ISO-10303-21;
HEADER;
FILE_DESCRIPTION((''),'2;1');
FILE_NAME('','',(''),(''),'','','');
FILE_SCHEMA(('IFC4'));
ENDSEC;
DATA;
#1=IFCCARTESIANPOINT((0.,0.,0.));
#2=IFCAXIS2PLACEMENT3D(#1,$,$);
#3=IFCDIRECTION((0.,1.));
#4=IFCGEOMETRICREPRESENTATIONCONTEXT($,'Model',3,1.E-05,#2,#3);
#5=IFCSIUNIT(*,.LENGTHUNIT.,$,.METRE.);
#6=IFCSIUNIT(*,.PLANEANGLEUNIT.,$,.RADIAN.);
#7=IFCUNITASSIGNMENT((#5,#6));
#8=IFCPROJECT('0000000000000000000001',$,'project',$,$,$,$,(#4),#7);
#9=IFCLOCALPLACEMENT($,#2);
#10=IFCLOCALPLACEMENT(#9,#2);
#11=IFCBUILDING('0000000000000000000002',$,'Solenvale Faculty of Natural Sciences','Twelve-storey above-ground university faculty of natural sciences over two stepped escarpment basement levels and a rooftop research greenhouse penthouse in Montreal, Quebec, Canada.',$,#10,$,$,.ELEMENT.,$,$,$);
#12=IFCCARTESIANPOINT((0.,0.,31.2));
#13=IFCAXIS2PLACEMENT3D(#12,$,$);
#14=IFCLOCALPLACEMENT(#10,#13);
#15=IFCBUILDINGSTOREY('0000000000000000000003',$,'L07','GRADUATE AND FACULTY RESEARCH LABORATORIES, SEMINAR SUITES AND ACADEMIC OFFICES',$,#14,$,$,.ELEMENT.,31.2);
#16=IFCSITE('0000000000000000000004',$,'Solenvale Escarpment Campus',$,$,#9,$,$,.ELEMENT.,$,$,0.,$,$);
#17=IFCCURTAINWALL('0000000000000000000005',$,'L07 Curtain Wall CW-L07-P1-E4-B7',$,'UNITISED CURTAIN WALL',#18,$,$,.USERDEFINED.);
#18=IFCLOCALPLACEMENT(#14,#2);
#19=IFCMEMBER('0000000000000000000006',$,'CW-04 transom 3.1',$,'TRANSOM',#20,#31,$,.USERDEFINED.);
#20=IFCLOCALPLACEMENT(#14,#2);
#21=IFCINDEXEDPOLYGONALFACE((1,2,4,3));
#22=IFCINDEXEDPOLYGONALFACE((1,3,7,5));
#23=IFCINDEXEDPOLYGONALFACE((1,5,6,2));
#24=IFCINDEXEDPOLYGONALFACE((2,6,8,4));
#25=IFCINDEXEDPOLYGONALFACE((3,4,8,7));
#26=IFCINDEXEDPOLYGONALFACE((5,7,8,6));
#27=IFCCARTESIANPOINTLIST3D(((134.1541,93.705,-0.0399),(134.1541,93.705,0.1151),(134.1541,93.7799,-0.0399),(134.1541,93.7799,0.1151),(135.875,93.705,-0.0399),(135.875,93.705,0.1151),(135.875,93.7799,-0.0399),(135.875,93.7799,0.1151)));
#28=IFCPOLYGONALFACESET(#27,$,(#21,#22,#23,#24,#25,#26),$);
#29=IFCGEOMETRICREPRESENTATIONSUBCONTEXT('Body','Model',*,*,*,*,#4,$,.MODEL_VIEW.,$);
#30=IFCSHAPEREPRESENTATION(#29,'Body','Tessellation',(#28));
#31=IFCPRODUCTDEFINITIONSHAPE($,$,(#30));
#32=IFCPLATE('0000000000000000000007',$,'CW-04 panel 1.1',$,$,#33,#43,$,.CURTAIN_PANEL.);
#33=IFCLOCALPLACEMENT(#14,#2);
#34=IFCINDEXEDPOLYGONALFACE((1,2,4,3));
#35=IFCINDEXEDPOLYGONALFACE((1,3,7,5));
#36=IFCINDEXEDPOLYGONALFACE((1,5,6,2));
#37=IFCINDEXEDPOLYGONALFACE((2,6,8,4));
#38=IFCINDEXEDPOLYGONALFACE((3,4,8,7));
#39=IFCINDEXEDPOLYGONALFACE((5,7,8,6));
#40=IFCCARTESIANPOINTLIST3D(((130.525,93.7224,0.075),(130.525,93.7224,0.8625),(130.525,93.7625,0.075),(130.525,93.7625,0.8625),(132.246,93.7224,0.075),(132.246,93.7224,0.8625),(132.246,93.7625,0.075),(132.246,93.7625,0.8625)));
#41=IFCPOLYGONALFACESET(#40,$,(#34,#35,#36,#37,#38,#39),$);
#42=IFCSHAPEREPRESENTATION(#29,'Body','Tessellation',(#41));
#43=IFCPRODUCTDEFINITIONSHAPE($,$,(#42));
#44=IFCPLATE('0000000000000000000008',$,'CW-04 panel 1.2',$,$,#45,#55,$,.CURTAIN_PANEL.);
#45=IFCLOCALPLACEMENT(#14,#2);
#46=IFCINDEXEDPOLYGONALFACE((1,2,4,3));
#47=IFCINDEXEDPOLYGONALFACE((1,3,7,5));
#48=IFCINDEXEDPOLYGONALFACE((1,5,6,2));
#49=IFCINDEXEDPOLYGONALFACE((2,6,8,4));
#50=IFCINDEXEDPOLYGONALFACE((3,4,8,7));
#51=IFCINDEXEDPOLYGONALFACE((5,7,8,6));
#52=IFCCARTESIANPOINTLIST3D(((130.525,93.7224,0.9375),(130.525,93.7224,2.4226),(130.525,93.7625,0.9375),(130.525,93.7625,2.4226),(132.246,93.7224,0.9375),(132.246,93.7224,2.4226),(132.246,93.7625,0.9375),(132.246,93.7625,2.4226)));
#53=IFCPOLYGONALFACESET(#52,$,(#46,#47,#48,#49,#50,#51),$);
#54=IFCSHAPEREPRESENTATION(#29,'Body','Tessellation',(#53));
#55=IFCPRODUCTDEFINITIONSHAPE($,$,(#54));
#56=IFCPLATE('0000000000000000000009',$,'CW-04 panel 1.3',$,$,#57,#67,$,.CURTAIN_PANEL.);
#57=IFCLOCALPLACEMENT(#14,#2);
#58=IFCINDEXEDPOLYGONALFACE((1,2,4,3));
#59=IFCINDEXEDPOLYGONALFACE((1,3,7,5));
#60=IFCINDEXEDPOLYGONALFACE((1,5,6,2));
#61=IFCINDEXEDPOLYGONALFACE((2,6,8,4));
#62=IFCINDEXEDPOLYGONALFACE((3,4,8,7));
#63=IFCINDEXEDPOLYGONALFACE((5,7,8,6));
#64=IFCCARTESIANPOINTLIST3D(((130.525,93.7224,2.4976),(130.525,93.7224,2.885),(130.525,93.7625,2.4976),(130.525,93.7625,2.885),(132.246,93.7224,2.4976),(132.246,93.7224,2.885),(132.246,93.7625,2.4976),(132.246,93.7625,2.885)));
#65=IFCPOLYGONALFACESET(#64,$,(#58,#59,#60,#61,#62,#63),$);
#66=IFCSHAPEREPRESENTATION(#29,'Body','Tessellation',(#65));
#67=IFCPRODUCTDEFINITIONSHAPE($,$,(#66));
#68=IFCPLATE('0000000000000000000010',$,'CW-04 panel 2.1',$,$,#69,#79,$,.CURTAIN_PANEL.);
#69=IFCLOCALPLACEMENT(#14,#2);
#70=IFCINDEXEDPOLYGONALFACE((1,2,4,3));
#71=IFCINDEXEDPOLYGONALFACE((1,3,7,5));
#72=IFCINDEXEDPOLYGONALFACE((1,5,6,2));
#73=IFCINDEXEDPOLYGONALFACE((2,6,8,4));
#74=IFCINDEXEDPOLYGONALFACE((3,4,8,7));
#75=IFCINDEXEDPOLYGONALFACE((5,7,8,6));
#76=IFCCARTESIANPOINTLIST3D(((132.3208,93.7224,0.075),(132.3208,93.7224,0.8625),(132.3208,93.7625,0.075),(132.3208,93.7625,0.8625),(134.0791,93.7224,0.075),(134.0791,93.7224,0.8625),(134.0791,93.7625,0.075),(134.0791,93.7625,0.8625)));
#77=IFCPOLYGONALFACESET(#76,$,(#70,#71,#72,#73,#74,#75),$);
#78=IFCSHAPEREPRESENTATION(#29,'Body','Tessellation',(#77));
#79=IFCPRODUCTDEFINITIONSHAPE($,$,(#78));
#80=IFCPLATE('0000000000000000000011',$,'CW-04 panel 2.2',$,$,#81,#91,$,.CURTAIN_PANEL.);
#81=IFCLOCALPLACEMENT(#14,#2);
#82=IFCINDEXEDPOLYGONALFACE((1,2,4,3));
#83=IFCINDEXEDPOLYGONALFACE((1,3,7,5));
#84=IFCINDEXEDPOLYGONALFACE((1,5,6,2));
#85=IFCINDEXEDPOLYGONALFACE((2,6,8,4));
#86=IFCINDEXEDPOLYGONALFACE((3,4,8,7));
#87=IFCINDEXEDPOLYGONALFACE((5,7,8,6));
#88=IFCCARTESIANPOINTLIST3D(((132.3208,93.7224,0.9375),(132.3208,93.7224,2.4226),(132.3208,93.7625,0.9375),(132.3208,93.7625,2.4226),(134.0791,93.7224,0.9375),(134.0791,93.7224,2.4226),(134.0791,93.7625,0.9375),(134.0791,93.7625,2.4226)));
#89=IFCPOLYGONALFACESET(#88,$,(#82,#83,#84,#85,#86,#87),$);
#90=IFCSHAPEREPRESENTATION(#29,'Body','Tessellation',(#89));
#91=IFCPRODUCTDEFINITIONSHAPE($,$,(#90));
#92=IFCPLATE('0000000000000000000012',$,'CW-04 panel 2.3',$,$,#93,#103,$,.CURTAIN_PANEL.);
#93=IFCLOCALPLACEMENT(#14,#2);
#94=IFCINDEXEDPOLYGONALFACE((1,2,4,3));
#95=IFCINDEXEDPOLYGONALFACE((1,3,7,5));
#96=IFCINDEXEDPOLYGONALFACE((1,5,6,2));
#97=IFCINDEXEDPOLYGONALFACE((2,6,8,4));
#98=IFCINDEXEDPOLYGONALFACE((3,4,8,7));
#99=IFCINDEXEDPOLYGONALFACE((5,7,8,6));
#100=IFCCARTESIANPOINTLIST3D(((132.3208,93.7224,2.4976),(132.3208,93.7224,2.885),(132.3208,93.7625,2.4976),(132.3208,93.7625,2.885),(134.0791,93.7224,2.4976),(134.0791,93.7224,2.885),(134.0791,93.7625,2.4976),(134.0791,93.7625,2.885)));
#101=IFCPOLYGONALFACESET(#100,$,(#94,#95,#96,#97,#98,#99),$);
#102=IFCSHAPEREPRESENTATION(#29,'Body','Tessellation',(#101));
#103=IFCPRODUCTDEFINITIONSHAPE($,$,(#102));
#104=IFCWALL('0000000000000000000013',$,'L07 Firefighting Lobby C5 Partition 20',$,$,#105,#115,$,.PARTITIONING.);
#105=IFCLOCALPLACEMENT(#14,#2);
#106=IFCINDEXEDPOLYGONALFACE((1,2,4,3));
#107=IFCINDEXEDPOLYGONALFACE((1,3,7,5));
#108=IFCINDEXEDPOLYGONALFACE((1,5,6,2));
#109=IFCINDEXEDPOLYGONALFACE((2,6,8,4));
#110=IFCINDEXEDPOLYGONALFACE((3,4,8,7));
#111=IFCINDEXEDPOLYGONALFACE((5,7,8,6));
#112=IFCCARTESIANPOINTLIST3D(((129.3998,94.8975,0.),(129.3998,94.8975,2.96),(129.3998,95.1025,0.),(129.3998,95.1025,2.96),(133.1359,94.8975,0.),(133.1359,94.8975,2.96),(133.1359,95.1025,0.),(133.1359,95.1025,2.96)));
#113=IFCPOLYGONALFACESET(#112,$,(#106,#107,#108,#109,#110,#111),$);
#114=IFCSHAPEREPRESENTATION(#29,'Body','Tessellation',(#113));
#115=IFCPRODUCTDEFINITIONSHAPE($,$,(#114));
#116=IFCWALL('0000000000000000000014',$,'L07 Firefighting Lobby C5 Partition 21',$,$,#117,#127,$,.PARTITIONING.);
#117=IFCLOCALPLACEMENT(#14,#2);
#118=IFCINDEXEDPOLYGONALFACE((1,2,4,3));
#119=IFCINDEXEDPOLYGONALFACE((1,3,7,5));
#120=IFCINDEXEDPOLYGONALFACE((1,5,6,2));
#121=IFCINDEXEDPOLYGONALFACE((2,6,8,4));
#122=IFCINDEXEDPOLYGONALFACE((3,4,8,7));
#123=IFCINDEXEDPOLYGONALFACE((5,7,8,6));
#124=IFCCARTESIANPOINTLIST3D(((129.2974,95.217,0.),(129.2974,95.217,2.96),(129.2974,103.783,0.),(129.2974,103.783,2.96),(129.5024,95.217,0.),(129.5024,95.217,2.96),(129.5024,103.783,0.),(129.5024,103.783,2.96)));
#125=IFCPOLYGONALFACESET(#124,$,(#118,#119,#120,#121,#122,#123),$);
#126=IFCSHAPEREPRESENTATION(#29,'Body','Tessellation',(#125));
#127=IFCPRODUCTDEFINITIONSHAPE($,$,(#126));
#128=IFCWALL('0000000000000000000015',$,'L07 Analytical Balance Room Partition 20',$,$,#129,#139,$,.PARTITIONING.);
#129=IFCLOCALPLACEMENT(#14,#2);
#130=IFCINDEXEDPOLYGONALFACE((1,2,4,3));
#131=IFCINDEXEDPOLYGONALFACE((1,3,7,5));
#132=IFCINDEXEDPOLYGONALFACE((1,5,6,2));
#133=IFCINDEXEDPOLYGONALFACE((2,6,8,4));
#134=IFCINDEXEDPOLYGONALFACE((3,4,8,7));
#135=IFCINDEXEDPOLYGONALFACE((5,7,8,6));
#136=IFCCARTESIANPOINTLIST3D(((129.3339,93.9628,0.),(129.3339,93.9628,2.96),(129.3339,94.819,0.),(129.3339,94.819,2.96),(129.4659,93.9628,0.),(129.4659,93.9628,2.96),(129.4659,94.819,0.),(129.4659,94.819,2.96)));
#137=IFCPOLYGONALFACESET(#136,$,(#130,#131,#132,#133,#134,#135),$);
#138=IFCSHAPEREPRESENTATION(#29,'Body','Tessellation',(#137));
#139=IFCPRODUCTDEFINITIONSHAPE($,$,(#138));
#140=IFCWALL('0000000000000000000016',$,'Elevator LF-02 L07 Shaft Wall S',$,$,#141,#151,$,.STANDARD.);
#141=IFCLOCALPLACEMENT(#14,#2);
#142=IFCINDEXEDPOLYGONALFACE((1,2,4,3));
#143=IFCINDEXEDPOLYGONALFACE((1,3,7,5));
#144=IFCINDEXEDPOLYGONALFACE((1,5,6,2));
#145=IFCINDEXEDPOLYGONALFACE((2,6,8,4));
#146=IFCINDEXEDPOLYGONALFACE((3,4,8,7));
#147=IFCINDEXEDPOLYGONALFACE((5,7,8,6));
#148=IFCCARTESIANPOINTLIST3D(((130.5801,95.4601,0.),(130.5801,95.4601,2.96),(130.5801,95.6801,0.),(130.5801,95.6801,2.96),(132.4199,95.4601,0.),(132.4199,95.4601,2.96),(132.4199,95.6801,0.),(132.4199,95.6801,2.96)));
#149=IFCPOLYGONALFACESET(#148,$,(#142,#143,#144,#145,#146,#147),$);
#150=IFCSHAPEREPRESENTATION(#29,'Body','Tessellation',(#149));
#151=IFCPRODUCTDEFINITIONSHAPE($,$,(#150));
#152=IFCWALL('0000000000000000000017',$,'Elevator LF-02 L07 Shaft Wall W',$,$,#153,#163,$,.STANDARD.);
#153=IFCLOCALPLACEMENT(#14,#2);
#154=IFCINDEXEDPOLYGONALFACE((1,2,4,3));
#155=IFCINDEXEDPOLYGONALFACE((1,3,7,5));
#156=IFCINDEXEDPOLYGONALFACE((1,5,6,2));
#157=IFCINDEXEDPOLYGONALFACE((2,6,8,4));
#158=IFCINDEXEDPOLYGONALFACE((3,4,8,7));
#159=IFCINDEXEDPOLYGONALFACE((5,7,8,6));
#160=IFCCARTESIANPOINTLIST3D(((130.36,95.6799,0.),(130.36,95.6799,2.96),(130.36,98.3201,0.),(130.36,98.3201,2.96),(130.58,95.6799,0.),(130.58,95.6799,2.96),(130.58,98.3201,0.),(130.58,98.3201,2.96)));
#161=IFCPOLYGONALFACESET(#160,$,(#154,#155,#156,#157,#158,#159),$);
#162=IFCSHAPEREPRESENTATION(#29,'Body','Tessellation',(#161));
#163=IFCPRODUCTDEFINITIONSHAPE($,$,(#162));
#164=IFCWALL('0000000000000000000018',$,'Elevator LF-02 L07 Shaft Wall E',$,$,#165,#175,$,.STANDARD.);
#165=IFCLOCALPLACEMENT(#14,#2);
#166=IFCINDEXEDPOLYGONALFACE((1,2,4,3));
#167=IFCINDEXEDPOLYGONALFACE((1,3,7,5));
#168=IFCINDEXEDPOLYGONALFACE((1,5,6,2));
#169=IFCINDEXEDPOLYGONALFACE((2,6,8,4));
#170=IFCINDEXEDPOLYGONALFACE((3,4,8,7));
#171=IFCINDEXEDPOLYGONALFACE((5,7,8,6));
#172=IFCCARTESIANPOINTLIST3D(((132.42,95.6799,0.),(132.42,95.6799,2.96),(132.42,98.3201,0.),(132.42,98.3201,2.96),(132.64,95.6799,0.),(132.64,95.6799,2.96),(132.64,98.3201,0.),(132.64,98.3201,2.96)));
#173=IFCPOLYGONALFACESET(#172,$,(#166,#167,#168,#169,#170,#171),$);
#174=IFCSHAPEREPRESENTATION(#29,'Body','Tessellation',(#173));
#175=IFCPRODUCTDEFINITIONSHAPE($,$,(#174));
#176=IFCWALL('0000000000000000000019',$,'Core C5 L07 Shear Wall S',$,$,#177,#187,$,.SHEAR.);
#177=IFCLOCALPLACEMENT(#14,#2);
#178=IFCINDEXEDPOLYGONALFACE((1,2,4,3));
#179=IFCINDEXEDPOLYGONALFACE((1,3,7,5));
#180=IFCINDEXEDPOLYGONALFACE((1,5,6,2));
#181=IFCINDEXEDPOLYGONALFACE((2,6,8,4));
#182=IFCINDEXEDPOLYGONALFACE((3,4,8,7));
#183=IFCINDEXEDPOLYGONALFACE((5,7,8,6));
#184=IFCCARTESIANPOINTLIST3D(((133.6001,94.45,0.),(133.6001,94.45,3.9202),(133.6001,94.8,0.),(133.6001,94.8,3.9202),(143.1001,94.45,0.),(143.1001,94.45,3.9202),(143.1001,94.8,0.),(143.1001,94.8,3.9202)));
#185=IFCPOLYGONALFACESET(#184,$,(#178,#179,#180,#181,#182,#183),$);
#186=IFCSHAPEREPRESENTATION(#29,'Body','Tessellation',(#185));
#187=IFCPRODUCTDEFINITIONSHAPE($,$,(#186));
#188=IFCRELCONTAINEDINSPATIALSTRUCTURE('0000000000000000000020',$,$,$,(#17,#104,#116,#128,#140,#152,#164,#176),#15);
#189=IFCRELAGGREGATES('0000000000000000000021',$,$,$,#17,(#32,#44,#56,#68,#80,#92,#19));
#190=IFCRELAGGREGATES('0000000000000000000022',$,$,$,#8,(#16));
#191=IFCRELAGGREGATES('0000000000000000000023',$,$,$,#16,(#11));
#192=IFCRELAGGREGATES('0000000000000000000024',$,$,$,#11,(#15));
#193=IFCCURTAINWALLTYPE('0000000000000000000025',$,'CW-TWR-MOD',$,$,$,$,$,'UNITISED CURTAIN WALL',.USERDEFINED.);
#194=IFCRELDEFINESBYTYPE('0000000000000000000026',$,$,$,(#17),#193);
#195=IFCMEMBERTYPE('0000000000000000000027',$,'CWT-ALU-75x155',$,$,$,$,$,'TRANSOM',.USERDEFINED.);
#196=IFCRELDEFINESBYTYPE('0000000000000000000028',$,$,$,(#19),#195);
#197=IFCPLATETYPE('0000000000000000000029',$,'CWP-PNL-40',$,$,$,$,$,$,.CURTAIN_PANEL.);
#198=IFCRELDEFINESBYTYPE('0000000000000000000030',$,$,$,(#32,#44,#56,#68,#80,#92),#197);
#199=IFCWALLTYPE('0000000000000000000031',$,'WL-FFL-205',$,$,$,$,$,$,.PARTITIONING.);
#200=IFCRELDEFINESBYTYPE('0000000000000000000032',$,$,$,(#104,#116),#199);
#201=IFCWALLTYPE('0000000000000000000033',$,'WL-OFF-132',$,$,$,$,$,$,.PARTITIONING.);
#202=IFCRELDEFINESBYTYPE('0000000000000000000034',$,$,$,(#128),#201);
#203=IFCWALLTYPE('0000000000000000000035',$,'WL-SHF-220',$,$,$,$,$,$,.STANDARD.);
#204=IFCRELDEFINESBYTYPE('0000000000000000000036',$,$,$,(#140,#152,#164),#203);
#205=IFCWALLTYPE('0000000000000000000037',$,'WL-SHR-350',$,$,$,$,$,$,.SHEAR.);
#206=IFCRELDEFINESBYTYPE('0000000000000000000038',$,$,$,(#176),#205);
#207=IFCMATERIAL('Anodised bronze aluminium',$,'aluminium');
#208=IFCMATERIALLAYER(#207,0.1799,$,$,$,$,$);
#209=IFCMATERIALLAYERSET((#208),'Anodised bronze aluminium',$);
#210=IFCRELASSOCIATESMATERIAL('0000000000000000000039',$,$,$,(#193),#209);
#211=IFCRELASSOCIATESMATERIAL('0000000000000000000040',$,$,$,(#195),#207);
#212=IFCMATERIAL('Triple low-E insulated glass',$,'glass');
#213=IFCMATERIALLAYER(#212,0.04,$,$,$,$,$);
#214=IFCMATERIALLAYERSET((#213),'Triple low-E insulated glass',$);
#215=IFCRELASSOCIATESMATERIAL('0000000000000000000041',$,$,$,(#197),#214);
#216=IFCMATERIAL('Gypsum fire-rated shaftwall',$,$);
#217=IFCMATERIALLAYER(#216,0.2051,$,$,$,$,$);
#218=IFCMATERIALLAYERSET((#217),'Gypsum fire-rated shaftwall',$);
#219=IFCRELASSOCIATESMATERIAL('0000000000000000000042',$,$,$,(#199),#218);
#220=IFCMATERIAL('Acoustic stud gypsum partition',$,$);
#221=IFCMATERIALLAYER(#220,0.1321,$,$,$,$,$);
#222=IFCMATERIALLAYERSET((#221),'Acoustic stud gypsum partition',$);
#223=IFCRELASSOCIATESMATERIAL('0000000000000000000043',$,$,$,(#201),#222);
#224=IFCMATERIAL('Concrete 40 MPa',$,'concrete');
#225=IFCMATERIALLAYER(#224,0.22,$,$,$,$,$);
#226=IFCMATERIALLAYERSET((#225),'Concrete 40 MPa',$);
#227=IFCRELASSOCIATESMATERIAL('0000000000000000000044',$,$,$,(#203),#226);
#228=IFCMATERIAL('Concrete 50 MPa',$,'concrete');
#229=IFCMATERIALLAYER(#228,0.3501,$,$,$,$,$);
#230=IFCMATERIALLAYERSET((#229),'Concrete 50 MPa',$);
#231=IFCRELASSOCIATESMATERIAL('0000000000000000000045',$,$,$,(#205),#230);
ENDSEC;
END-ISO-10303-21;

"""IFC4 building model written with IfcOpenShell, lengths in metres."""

from ifc_helpers import new_model, si_unit, direction, frame, frame_2d, origin, origin_2d, place, context, subcontext, project, spatial, rectangle, extrude, material, layer, layer_set, material_profile, profile_set, type_object, element, aggregate, save


model = new_model("IFC4")

# Units and contexts
model_context = context("Model", 3, precision=1e-05, world=origin(), true_north=direction((0.0, 1.0)))
body_context = subcontext(model_context, "Body", "Model", "MODEL_VIEW")
ifc_project = project(units=[si_unit("LENGTHUNIT", "METRE"), si_unit("PLANEANGLEUNIT", "RADIAN")], contexts=[model_context])

# Site, building, storey
site_placement = place(None, origin())
site = spatial("IfcSite", under=ifc_project, at=site_placement, Name="Solenvale Escarpment Campus", CompositionType="ELEMENT", RefElevation=0.0)
building_placement = place(site_placement, origin())
building = spatial("IfcBuilding", under=site, at=building_placement, Name="Solenvale Faculty of Natural Sciences", Description="Twelve-storey above-ground university faculty of natural sciences over two stepped escarpment basement levels and a rooftop research greenhouse penthouse in Montreal, Quebec, Canada.", CompositionType="ELEMENT")
storey_placement = place(building_placement, frame((0.0, 0.0, 31.2)))
storey = spatial("IfcBuildingStorey", under=building, at=storey_placement, Name="L07", Description="GRADUATE AND FACULTY RESEARCH LABORATORIES, SEMINAR SUITES AND ACADEMIC OFFICES", CompositionType="ELEMENT", Elevation=31.2)

# Shared definitions
ifc_material_1 = material(Name="Concrete 40 MPa", Category="concrete")

# Curtain wall, member, plates
ifc_material_2 = material(Name="Anodised bronze aluminium", Category="aluminium")
ifc_layer_1 = layer(ifc_material_2, 0.1799)
ifc_layer_set_1 = layer_set([ifc_layer_1], Name="Anodised bronze aluminium")
curtain_wall_type = type_object("IfcCurtainWallType", Name="CW-TWR-MOD", ElementType="UNITISED CURTAIN WALL", PredefinedType="USERDEFINED", material=ifc_layer_set_1)
curtain_wall_placement = place(storey_placement, origin())
curtain_wall = element("IfcCurtainWall", 1, at=curtain_wall_placement, inside=storey, type_object=curtain_wall_type, Name="L07 Curtain Wall CW-L07-P1-E4-B7", ObjectType="UNITISED CURTAIN WALL", PredefinedType="USERDEFINED")
ifc_material_profile_1 = material_profile(ifc_material_2, rectangle(XDim=0.075, YDim=0.155, at=origin_2d()), Name="ALU-TRN-75x155")
ifc_profile_set_1 = profile_set([ifc_material_profile_1], Name="Anodised bronze aluminium")
member_type_1 = type_object("IfcMemberType", Name="CWT-ALU-75x155", ElementType="TRANSOM", PredefinedType="USERDEFINED", material=ifc_profile_set_1)
member_1_placement = place(storey_placement, frame((134.1541, 93.7424, 0.0376), z_axis=(1.0, 0.0, 0.0), x_axis=(0.0, 1.0, 0.0)))
member_1 = element("IfcMember", 2, at=member_1_placement, type_object=member_type_1, Name="CW-04 transom 3.1", ObjectType="TRANSOM", PredefinedType="USERDEFINED", context=body_context, shape_type="SweptSolid", body=[
    extrude(rectangle(XDim=0.075, YDim=0.155, at=origin_2d()), origin(), (0.0, 0.0, 1.0), 1.7209),
])
ifc_material_3 = material(Name="Triple low-E insulated glass", Category="glass")
ifc_layer_2 = layer(ifc_material_3, 0.04)
ifc_layer_set_2 = layer_set([ifc_layer_2], Name="Triple low-E insulated glass")
plate_type = type_object("IfcPlateType", Name="CWP-PNL-40", PredefinedType="CURTAIN_PANEL", material=ifc_layer_set_2)
plate_1_placement = place(storey_placement, frame((131.3855, 93.7424, 0.075), z_axis=(0.0, 0.0, 1.0), x_axis=(1.0, 0.0, 0.0)))
plate_1 = element("IfcPlate", 3, at=plate_1_placement, type_object=plate_type, Name="CW-04 panel 1.1", PredefinedType="CURTAIN_PANEL", context=body_context, shape_type="SweptSolid", body=[
    extrude(rectangle(XDim=1.7209, YDim=0.04, at=origin_2d()), origin(), (0.0, 0.0, 1.0), 0.7876),
])
plate_2_placement = place(storey_placement, frame((131.3855, 93.7424, 0.9375), z_axis=(0.0, 0.0, 1.0), x_axis=(1.0, 0.0, 0.0)))
plate_2 = element("IfcPlate", 4, at=plate_2_placement, type_object=plate_type, Name="CW-04 panel 1.2", PredefinedType="CURTAIN_PANEL", context=body_context, shape_type="SweptSolid", body=[
    extrude(rectangle(XDim=1.7209, YDim=0.04, at=origin_2d()), origin(), (0.0, 0.0, 1.0), 1.4851),
])
plate_3_placement = place(storey_placement, frame((131.3855, 93.7424, 2.4976), z_axis=(0.0, 0.0, 1.0), x_axis=(1.0, 0.0, 0.0)))
plate_3 = element("IfcPlate", 5, at=plate_3_placement, type_object=plate_type, Name="CW-04 panel 1.3", PredefinedType="CURTAIN_PANEL", context=body_context, shape_type="SweptSolid", body=[
    extrude(rectangle(XDim=1.7209, YDim=0.04, at=origin_2d()), origin(), (0.0, 0.0, 1.0), 0.3875),
])
plate_4_placement = place(storey_placement, frame((133.2, 93.7424, 0.075), z_axis=(0.0, 0.0, 1.0), x_axis=(1.0, 0.0, 0.0)))
plate_4 = element("IfcPlate", 6, at=plate_4_placement, type_object=plate_type, Name="CW-04 panel 2.1", PredefinedType="CURTAIN_PANEL", context=body_context, shape_type="SweptSolid", body=[
    extrude(rectangle(XDim=1.7583, YDim=0.04, at=origin_2d()), origin(), (0.0, 0.0, 1.0), 0.7876),
])
plate_5_placement = place(storey_placement, frame((133.2, 93.7424, 0.9375), z_axis=(0.0, 0.0, 1.0), x_axis=(1.0, 0.0, 0.0)))
plate_5 = element("IfcPlate", 7, at=plate_5_placement, type_object=plate_type, Name="CW-04 panel 2.2", PredefinedType="CURTAIN_PANEL", context=body_context, shape_type="SweptSolid", body=[
    extrude(rectangle(XDim=1.7583, YDim=0.04, at=origin_2d()), origin(), (0.0, 0.0, 1.0), 1.4851),
])
plate_6_placement = place(storey_placement, frame((133.2, 93.7424, 2.4976), z_axis=(0.0, 0.0, 1.0), x_axis=(1.0, 0.0, 0.0)))
plate_6 = element("IfcPlate", 8, at=plate_6_placement, type_object=plate_type, Name="CW-04 panel 2.3", PredefinedType="CURTAIN_PANEL", context=body_context, shape_type="SweptSolid", body=[
    extrude(rectangle(XDim=1.7583, YDim=0.04, at=origin_2d()), origin(), (0.0, 0.0, 1.0), 0.3875),
])
aggregate(curtain_wall, [plate_1, plate_2, plate_3, plate_4, plate_5, plate_6, member_1])

# Walls
ifc_material_4 = material(Name="Gypsum fire-rated shaftwall")
ifc_layer_3 = layer(ifc_material_4, 0.2051)
ifc_layer_set_3 = layer_set([ifc_layer_3], Name="Gypsum fire-rated shaftwall")
wall_type_1 = type_object("IfcWallType", Name="WL-FFL-205", PredefinedType="PARTITIONING", material=ifc_layer_set_3)
wall_1_placement = place(storey_placement, frame((133.136, 95.0, 0.0), z_axis=(0.0, 0.0, 1.0), x_axis=(-1.0, 0.0, 0.0)))
element("IfcWall", 9, at=wall_1_placement, inside=storey, type_object=wall_type_1, Name="L07 Firefighting Lobby C5 Partition 20", PredefinedType="PARTITIONING", context=body_context, shape_type="SweptSolid", body=[
    extrude(rectangle(XDim=3.7361, YDim=0.2051, at=frame_2d((1.8682, 0.0))), origin(), (0.0, 0.0, 1.0), 2.96),
])
wall_2_placement = place(storey_placement, frame((129.3999, 95.217, 0.0), z_axis=(0.0, 0.0, 1.0), x_axis=(0.0, 1.0, 0.0)))
element("IfcWall", 10, at=wall_2_placement, inside=storey, type_object=wall_type_1, Name="L07 Firefighting Lobby C5 Partition 21", PredefinedType="PARTITIONING", context=body_context, shape_type="SweptSolid", body=[
    extrude(rectangle(XDim=8.5659, YDim=0.2051, at=frame_2d((4.283, 0.0))), origin(), (0.0, 0.0, 1.0), 2.96),
])
ifc_material_5 = material(Name="Acoustic stud gypsum partition")
ifc_layer_4 = layer(ifc_material_5, 0.1321)
ifc_layer_set_4 = layer_set([ifc_layer_4], Name="Acoustic stud gypsum partition")
wall_type_2 = type_object("IfcWallType", Name="WL-OFF-132", PredefinedType="PARTITIONING", material=ifc_layer_set_4)
wall_3_placement = place(storey_placement, frame((129.3999, 94.8191, 0.0), z_axis=(0.0, 0.0, 1.0), x_axis=(0.0, -1.0, 0.0)))
element("IfcWall", 11, at=wall_3_placement, inside=storey, type_object=wall_type_2, Name="L07 Analytical Balance Room Partition 20", PredefinedType="PARTITIONING", context=body_context, shape_type="SweptSolid", body=[
    extrude(rectangle(XDim=0.8562, YDim=0.1321, at=frame_2d((0.4282, 0.0))), origin(), (0.0, 0.0, 1.0), 2.96),
])
ifc_layer_5 = layer(ifc_material_1, 0.22)
ifc_layer_set_5 = layer_set([ifc_layer_5], Name="Concrete 40 MPa")
wall_type_3 = type_object("IfcWallType", Name="WL-SHF-220", PredefinedType="STANDARD", material=ifc_layer_set_5)
wall_4_placement = place(storey_placement, frame((130.5801, 95.5701, 0.0), z_axis=(0.0, 0.0, 1.0), x_axis=(1.0, 0.0, 0.0)))
element("IfcWall", 12, at=wall_4_placement, inside=storey, type_object=wall_type_3, Name="Elevator LF-02 L07 Shaft Wall S", PredefinedType="STANDARD", context=body_context, shape_type="SweptSolid", body=[
    extrude(rectangle(XDim=1.8398, YDim=0.22, at=frame_2d((0.9199, 0.0))), origin(), (0.0, 0.0, 1.0), 2.96),
])
for number, where, z_axis, x_axis, name in (
    (13, (130.47, 95.6799, 0.0), (0.0, 0.0, 1.0), (0.0, 1.0, 0.0), "Elevator LF-02 L07 Shaft Wall W"),
    (14, (132.53, 95.6799, 0.0), (0.0, 0.0, 1.0), (0.0, 1.0, 0.0), "Elevator LF-02 L07 Shaft Wall E"),
):
    element("IfcWall", number, at=place(storey_placement, frame(where, z_axis=z_axis, x_axis=x_axis)), inside=storey, type_object=wall_type_3, Name=name, PredefinedType="STANDARD", context=body_context, shape_type="SweptSolid", body=[
        extrude(rectangle(XDim=2.6401, YDim=0.22, at=frame_2d((1.3201, 0.0))), origin(), (0.0, 0.0, 1.0), 2.96),
    ])
ifc_material_6 = material(Name="Concrete 50 MPa", Category="concrete")
ifc_layer_6 = layer(ifc_material_6, 0.3501)
ifc_layer_set_6 = layer_set([ifc_layer_6], Name="Concrete 50 MPa")
wall_type_4 = type_object("IfcWallType", Name="WL-SHR-350", PredefinedType="SHEAR", material=ifc_layer_set_6)
wall_5_placement = place(storey_placement, frame((133.6001, 94.625, 0.0), z_axis=(0.0, 0.0, 1.0), x_axis=(1.0, 0.0, 0.0)))
element("IfcWall", 15, at=wall_5_placement, inside=storey, type_object=wall_type_4, Name="Core C5 L07 Shear Wall S", PredefinedType="SHEAR", context=body_context, shape_type="SweptSolid", body=[
    extrude(rectangle(XDim=9.5, YDim=0.3501, at=frame_2d((4.75, 0.0))), origin(), (0.0, 0.0, 1.0), 3.9202),
])

save(model, "model.ifc")
